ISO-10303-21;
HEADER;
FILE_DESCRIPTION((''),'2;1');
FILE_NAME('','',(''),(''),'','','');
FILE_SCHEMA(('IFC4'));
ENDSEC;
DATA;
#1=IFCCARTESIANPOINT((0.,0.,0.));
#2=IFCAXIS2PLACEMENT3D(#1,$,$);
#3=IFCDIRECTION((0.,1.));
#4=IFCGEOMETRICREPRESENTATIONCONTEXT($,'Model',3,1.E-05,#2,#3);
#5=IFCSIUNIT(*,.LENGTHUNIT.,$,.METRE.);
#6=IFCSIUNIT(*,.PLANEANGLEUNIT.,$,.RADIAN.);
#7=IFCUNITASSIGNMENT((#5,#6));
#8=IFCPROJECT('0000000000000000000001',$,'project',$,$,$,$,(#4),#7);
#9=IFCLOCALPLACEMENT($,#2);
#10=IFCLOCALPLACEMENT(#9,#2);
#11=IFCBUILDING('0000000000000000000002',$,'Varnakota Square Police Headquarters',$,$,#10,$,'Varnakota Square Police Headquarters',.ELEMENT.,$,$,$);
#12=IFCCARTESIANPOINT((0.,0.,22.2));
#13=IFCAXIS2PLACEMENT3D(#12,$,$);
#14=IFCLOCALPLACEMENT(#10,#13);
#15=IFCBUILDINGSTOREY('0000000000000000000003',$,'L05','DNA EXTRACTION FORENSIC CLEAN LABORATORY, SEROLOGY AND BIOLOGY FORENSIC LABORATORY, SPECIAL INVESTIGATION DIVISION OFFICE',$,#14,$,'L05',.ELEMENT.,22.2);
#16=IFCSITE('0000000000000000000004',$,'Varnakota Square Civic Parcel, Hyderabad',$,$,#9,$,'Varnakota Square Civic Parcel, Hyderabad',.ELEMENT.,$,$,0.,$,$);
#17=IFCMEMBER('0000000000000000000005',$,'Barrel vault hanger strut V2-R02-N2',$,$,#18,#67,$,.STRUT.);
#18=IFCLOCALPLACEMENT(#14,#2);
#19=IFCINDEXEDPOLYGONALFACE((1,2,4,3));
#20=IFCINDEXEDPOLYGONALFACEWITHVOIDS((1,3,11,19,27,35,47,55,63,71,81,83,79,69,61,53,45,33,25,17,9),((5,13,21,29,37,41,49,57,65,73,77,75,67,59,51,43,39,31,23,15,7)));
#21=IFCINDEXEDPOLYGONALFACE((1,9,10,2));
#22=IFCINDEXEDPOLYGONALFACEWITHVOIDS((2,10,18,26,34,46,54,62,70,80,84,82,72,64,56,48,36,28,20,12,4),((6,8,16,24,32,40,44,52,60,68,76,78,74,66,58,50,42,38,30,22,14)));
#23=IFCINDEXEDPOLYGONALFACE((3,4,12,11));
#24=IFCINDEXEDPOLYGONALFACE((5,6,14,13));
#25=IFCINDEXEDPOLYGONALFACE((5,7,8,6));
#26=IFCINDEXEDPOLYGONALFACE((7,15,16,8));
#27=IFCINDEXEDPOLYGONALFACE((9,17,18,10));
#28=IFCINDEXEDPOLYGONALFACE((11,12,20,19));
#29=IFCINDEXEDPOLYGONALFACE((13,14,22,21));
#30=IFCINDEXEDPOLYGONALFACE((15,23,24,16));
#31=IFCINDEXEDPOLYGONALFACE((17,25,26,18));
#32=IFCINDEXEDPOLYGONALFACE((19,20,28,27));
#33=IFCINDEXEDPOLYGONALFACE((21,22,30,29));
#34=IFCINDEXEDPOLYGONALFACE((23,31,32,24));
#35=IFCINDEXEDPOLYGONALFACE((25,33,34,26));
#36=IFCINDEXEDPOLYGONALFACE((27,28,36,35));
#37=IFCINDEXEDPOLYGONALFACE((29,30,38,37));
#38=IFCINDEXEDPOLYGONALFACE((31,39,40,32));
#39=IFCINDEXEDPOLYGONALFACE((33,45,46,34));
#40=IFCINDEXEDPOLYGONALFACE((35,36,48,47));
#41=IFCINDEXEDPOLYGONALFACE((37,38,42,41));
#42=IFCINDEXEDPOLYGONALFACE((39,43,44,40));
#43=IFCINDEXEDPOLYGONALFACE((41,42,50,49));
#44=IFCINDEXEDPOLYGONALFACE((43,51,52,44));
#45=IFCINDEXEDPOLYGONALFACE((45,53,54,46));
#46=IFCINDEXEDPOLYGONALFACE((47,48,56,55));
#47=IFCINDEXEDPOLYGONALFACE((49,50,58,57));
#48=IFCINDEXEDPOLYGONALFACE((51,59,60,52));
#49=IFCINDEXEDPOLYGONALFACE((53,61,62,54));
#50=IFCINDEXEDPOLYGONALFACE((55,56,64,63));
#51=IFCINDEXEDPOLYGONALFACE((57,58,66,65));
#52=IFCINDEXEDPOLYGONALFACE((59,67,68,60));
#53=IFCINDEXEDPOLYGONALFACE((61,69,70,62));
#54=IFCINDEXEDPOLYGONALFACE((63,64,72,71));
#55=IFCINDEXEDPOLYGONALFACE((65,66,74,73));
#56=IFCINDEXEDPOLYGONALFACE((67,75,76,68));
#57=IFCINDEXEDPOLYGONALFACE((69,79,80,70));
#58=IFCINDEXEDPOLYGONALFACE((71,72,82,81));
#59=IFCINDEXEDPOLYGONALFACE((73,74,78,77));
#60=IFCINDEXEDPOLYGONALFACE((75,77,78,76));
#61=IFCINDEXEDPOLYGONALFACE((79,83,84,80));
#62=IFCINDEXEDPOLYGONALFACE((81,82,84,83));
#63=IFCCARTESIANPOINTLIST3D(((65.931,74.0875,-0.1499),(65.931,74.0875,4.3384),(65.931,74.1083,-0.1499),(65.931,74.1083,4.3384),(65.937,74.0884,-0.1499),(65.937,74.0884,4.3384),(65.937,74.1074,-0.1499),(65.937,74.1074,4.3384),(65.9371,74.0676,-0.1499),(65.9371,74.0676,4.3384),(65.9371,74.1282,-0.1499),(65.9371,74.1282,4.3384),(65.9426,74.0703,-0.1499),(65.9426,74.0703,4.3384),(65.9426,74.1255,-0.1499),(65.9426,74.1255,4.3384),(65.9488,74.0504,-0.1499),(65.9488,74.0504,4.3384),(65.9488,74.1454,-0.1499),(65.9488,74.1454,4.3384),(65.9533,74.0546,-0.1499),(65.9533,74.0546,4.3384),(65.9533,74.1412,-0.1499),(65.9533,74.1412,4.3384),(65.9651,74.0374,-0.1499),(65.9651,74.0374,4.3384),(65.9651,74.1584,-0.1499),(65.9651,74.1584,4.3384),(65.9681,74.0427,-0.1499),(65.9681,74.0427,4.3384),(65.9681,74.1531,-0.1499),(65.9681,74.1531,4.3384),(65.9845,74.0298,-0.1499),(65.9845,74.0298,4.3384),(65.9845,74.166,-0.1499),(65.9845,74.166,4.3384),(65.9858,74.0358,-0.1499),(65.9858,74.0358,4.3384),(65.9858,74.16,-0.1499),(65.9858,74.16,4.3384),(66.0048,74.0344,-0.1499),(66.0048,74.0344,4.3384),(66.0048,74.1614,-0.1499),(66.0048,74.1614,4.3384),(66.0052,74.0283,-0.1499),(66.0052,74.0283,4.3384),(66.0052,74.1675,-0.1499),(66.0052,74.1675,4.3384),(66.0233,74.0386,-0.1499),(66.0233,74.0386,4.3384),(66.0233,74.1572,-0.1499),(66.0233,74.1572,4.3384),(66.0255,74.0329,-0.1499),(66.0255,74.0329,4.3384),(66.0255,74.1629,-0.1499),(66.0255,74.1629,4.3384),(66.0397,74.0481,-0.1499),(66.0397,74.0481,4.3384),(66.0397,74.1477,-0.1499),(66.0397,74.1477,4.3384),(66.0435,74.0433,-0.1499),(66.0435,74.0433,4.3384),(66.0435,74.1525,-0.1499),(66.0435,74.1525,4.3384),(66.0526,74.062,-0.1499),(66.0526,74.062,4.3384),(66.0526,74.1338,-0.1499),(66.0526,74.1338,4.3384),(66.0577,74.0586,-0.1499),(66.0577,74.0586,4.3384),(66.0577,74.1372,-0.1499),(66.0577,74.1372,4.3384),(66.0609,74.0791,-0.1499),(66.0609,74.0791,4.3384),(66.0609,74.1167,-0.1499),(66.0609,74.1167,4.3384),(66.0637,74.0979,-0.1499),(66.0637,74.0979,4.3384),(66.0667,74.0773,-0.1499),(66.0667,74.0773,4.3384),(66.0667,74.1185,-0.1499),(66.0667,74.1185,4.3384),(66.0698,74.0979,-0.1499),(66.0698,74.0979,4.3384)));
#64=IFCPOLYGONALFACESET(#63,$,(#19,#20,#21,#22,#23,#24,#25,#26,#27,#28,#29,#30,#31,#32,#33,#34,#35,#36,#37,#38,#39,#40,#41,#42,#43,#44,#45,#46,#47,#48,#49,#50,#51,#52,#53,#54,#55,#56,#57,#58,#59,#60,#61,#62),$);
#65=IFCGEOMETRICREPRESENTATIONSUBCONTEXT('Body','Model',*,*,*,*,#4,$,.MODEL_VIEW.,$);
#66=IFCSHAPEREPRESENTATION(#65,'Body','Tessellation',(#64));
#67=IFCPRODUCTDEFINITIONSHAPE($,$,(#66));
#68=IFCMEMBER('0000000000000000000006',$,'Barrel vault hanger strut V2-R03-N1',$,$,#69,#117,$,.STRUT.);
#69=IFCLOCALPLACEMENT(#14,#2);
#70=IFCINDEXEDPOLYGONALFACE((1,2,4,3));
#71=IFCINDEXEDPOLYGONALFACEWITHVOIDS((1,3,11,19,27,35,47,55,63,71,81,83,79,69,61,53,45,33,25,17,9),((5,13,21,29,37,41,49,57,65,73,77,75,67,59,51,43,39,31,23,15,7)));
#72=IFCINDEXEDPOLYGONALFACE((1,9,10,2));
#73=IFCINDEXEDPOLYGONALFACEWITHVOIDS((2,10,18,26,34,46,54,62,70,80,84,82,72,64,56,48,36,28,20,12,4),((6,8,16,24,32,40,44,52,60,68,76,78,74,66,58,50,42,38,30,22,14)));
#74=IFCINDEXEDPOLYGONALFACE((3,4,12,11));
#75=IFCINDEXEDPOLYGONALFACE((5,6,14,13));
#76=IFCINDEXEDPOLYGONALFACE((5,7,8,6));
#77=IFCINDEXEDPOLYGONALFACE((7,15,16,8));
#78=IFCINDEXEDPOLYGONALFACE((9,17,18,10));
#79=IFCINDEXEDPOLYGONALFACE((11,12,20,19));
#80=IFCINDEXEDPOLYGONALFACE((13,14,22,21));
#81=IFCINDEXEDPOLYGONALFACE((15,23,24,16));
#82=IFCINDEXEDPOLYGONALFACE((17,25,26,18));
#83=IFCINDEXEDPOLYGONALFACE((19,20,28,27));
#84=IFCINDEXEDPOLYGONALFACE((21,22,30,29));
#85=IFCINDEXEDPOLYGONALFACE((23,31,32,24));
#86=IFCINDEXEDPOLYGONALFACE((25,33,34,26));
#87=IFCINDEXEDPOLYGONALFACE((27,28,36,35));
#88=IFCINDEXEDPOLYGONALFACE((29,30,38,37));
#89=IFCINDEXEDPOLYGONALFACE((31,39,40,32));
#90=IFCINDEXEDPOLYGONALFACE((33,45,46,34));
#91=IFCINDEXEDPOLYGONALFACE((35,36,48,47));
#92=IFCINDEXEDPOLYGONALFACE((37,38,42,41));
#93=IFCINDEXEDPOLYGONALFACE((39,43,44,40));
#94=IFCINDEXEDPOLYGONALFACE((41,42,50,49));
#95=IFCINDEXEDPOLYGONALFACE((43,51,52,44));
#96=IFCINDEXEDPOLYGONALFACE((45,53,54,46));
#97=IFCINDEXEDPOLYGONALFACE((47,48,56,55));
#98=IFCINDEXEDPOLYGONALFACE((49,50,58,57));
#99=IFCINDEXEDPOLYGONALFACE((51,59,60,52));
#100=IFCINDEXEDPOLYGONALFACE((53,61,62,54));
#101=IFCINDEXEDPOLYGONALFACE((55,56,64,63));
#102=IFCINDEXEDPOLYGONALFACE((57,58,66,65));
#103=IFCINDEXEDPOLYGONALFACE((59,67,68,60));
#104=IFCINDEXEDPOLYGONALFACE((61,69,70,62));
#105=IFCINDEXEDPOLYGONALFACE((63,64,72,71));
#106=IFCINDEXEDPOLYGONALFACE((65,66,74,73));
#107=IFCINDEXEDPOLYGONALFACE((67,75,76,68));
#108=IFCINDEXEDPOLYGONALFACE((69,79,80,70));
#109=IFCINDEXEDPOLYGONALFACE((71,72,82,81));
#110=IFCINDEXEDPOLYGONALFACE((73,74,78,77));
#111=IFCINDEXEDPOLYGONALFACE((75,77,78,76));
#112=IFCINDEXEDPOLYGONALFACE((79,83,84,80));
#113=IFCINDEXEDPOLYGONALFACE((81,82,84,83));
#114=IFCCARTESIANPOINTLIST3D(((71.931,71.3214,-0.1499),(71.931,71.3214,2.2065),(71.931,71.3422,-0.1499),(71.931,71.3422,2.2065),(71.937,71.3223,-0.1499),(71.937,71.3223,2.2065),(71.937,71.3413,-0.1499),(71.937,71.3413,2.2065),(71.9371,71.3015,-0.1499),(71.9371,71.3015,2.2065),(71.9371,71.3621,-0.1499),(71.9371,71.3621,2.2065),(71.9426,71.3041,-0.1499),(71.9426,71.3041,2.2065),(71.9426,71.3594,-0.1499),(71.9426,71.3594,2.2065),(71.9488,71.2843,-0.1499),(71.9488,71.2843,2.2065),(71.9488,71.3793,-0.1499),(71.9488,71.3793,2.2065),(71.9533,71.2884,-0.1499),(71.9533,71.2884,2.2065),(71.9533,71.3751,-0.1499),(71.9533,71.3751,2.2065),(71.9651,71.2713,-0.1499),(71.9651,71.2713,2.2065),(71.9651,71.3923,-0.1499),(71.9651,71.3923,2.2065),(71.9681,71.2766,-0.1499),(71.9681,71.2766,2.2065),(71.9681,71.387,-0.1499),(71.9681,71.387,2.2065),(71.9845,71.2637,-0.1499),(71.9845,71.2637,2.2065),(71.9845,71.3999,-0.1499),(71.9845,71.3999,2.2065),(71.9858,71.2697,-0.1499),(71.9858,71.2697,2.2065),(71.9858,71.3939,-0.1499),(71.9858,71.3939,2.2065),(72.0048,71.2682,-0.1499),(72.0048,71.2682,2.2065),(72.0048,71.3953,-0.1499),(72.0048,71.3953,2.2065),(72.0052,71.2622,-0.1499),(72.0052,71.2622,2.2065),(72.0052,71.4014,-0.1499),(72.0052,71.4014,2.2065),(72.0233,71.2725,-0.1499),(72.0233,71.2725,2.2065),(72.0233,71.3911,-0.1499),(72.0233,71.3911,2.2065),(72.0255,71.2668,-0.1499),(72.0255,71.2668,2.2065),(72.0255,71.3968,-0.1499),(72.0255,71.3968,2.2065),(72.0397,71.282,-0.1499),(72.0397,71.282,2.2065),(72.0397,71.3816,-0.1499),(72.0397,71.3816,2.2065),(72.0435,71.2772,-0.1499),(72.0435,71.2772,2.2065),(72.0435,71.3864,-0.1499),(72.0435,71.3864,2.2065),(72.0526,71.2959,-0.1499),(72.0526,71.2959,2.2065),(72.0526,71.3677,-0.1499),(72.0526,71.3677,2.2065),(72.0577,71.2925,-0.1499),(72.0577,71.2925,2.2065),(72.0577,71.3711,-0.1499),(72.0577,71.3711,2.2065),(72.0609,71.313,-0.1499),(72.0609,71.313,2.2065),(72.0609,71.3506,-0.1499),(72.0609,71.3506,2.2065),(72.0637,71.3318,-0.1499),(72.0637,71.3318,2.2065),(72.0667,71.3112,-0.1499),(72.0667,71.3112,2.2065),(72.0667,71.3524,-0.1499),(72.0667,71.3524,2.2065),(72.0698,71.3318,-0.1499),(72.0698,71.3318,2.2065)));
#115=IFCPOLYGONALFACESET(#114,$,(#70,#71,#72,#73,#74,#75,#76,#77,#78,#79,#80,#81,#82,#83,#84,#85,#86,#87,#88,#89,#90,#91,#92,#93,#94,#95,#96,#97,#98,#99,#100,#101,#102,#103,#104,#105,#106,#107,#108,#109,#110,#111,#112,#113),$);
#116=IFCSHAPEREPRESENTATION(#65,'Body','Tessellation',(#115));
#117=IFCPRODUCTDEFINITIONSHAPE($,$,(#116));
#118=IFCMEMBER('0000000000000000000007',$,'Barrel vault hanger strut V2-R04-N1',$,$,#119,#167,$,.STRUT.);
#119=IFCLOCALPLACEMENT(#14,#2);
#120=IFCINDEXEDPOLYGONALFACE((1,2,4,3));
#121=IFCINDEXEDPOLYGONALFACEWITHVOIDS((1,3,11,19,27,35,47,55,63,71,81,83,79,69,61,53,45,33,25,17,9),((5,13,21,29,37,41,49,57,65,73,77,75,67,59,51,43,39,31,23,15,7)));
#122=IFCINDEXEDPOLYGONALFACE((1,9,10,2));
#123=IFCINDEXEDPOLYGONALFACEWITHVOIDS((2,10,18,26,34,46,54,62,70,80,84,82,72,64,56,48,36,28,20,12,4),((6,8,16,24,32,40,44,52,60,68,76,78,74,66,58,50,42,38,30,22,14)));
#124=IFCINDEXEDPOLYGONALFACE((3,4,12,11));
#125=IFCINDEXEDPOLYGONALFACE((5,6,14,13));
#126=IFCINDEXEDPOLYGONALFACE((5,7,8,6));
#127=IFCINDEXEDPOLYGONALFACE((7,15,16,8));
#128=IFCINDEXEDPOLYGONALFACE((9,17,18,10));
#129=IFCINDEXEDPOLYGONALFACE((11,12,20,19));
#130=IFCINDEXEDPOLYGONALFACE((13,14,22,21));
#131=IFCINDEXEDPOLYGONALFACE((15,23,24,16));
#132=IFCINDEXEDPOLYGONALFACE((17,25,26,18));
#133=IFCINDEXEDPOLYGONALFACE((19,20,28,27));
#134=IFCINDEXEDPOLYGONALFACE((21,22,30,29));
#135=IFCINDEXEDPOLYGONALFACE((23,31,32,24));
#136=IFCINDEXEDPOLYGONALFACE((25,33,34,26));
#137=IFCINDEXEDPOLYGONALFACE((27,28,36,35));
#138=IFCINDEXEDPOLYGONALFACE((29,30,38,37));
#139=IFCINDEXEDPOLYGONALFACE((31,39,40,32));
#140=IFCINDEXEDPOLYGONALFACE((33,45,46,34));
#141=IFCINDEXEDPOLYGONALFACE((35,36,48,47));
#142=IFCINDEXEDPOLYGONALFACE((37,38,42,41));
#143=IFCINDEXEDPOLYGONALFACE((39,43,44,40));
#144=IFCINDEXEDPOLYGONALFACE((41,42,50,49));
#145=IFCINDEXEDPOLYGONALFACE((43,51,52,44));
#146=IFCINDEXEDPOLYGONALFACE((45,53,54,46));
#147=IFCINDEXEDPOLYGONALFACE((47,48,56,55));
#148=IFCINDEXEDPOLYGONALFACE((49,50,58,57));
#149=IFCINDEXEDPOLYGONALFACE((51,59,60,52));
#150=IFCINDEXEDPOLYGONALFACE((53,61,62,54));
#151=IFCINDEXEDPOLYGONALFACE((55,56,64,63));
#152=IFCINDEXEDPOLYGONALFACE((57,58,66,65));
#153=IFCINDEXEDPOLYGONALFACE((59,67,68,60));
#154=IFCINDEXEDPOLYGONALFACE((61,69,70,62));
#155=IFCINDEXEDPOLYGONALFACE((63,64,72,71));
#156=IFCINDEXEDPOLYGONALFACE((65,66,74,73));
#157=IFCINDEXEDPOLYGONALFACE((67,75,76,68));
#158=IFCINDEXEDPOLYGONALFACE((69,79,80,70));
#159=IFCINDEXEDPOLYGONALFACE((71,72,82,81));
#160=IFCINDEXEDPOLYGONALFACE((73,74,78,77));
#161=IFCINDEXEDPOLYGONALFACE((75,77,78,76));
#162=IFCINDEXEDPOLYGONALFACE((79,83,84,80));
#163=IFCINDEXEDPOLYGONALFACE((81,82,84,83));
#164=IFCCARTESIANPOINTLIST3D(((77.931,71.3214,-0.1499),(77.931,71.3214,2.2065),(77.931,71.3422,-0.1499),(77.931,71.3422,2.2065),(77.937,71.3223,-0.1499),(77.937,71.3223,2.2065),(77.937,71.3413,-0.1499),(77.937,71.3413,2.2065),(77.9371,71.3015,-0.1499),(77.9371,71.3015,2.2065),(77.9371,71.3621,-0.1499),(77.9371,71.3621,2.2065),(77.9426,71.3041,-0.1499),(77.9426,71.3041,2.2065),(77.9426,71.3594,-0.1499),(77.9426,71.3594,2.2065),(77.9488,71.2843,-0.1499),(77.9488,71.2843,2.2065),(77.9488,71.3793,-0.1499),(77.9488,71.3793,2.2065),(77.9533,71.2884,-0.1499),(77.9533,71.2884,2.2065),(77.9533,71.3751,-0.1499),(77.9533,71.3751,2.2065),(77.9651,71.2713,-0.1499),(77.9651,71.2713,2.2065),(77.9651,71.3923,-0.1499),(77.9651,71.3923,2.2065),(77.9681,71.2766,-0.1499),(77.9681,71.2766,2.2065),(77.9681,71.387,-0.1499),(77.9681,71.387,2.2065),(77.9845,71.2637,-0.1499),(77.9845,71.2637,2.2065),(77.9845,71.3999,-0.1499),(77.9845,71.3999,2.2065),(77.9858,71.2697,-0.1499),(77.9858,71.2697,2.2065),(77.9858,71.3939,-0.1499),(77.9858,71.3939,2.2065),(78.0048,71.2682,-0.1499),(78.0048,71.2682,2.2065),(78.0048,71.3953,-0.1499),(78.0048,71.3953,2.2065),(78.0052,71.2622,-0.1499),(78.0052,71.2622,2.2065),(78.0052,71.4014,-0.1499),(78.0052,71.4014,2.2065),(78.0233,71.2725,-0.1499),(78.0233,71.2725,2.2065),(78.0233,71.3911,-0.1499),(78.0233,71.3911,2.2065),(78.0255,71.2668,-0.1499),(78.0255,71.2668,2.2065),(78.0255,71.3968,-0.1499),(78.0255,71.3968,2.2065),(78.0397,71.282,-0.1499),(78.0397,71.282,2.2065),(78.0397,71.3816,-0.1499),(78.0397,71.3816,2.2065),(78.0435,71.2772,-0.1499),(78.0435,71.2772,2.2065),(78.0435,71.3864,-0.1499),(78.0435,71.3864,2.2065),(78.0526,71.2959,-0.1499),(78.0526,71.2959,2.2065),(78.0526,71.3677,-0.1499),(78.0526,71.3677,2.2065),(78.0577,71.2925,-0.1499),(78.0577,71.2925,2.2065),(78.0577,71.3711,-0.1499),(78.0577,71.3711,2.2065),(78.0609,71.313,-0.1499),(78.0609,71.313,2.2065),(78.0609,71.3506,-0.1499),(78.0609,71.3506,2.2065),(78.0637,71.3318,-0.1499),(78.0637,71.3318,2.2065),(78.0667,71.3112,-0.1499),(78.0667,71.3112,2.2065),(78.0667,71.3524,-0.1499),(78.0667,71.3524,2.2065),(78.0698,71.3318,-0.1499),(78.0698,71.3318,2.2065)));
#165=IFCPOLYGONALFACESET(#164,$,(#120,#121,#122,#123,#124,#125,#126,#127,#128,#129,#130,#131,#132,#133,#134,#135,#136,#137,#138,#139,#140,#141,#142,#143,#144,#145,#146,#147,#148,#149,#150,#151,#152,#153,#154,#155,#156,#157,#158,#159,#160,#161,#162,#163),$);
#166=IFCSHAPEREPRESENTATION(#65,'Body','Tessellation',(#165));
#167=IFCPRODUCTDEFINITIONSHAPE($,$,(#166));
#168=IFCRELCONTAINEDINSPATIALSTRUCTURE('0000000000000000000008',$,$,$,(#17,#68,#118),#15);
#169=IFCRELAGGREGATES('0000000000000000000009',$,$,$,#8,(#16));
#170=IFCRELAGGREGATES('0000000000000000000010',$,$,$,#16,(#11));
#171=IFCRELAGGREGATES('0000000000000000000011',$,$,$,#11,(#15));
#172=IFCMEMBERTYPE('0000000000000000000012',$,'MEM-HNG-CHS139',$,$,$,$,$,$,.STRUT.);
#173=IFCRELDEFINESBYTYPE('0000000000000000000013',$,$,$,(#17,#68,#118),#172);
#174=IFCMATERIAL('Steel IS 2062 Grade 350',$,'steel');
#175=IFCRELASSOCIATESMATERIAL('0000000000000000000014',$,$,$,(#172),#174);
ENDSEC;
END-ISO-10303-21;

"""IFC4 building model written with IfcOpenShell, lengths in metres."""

from ifc_helpers import new_model, si_unit, direction, frame, origin, origin_2d, place, context, subcontext, project, spatial, hollow_circle, extrude, material, material_profile, profile_set, type_object, element, save


model = new_model("IFC4")

# Units and contexts
model_context = context("Model", 3, precision=1e-05, world=origin(), true_north=direction((0.0, 1.0)))
body_context = subcontext(model_context, "Body", "Model", "MODEL_VIEW")
ifc_project = project(units=[si_unit("LENGTHUNIT", "METRE"), si_unit("PLANEANGLEUNIT", "RADIAN")], contexts=[model_context])

# Site, building, storey
site_placement = place(None, origin())
site = spatial("IfcSite", under=ifc_project, at=site_placement, Name="Varnakota Square Civic Parcel, Hyderabad", LongName="Varnakota Square Civic Parcel, Hyderabad", CompositionType="ELEMENT", RefElevation=0.0)
building_placement = place(site_placement, origin())
building = spatial("IfcBuilding", under=site, at=building_placement, Name="Varnakota Square Police Headquarters", LongName="Varnakota Square Police Headquarters", CompositionType="ELEMENT")
storey_placement = place(building_placement, frame((0.0, 0.0, 22.2)))
storey = spatial("IfcBuildingStorey", under=building, at=storey_placement, Name="L05", Description="DNA EXTRACTION FORENSIC CLEAN LABORATORY, SEROLOGY AND BIOLOGY FORENSIC LABORATORY, SPECIAL INVESTIGATION DIVISION OFFICE", LongName="L05", CompositionType="ELEMENT", Elevation=22.2)

# Shared definitions
ifc_material_1 = material(Name="Steel IS 2062 Grade 350", Category="steel")

# Members
ifc_material_profile_1 = material_profile(ifc_material_1, hollow_circle(Radius=0.0698, WallThickness=0.0061, at=origin_2d()), Name="CHS 139.7x6.0")
ifc_profile_set_1 = profile_set([ifc_material_profile_1], Name="Steel IS 2062 Grade 350")
member_type_1 = type_object("IfcMemberType", Name="MEM-HNG-CHS139", PredefinedType="STRUT", material=ifc_profile_set_1)
member_1_placement = place(storey_placement, frame((66.0, 74.0979, -0.1499), z_axis=(0.0, 0.0, 1.0), x_axis=(1.0, 0.0, 0.0)))
element("IfcMember", 1, at=member_1_placement, inside=storey, type_object=member_type_1, Name="Barrel vault hanger strut V2-R02-N2", PredefinedType="STRUT", context=body_context, shape_type="SweptSolid", body=[
    extrude(hollow_circle(Radius=0.0698, WallThickness=0.0061, at=origin_2d()), origin(), (0.0, 0.0, 1.0), 4.4883),
])
for number, where, z_axis, x_axis, name in (
    (2, (72.0, 71.3318, -0.1499), (0.0, 0.0, 1.0), (1.0, 0.0, 0.0), "Barrel vault hanger strut V2-R03-N1"),
    (3, (78.0, 71.3318, -0.1499), (0.0, 0.0, 1.0), (1.0, 0.0, 0.0), "Barrel vault hanger strut V2-R04-N1"),
):
    element("IfcMember", number, at=place(storey_placement, frame(where, z_axis=z_axis, x_axis=x_axis)), inside=storey, type_object=member_type_1, Name=name, PredefinedType="STRUT", context=body_context, shape_type="SweptSolid", body=[
        extrude(hollow_circle(Radius=0.0698, WallThickness=0.0061, at=origin_2d()), origin(), (0.0, 0.0, 1.0), 2.3564),
    ])

save(model, "model.ifc")
